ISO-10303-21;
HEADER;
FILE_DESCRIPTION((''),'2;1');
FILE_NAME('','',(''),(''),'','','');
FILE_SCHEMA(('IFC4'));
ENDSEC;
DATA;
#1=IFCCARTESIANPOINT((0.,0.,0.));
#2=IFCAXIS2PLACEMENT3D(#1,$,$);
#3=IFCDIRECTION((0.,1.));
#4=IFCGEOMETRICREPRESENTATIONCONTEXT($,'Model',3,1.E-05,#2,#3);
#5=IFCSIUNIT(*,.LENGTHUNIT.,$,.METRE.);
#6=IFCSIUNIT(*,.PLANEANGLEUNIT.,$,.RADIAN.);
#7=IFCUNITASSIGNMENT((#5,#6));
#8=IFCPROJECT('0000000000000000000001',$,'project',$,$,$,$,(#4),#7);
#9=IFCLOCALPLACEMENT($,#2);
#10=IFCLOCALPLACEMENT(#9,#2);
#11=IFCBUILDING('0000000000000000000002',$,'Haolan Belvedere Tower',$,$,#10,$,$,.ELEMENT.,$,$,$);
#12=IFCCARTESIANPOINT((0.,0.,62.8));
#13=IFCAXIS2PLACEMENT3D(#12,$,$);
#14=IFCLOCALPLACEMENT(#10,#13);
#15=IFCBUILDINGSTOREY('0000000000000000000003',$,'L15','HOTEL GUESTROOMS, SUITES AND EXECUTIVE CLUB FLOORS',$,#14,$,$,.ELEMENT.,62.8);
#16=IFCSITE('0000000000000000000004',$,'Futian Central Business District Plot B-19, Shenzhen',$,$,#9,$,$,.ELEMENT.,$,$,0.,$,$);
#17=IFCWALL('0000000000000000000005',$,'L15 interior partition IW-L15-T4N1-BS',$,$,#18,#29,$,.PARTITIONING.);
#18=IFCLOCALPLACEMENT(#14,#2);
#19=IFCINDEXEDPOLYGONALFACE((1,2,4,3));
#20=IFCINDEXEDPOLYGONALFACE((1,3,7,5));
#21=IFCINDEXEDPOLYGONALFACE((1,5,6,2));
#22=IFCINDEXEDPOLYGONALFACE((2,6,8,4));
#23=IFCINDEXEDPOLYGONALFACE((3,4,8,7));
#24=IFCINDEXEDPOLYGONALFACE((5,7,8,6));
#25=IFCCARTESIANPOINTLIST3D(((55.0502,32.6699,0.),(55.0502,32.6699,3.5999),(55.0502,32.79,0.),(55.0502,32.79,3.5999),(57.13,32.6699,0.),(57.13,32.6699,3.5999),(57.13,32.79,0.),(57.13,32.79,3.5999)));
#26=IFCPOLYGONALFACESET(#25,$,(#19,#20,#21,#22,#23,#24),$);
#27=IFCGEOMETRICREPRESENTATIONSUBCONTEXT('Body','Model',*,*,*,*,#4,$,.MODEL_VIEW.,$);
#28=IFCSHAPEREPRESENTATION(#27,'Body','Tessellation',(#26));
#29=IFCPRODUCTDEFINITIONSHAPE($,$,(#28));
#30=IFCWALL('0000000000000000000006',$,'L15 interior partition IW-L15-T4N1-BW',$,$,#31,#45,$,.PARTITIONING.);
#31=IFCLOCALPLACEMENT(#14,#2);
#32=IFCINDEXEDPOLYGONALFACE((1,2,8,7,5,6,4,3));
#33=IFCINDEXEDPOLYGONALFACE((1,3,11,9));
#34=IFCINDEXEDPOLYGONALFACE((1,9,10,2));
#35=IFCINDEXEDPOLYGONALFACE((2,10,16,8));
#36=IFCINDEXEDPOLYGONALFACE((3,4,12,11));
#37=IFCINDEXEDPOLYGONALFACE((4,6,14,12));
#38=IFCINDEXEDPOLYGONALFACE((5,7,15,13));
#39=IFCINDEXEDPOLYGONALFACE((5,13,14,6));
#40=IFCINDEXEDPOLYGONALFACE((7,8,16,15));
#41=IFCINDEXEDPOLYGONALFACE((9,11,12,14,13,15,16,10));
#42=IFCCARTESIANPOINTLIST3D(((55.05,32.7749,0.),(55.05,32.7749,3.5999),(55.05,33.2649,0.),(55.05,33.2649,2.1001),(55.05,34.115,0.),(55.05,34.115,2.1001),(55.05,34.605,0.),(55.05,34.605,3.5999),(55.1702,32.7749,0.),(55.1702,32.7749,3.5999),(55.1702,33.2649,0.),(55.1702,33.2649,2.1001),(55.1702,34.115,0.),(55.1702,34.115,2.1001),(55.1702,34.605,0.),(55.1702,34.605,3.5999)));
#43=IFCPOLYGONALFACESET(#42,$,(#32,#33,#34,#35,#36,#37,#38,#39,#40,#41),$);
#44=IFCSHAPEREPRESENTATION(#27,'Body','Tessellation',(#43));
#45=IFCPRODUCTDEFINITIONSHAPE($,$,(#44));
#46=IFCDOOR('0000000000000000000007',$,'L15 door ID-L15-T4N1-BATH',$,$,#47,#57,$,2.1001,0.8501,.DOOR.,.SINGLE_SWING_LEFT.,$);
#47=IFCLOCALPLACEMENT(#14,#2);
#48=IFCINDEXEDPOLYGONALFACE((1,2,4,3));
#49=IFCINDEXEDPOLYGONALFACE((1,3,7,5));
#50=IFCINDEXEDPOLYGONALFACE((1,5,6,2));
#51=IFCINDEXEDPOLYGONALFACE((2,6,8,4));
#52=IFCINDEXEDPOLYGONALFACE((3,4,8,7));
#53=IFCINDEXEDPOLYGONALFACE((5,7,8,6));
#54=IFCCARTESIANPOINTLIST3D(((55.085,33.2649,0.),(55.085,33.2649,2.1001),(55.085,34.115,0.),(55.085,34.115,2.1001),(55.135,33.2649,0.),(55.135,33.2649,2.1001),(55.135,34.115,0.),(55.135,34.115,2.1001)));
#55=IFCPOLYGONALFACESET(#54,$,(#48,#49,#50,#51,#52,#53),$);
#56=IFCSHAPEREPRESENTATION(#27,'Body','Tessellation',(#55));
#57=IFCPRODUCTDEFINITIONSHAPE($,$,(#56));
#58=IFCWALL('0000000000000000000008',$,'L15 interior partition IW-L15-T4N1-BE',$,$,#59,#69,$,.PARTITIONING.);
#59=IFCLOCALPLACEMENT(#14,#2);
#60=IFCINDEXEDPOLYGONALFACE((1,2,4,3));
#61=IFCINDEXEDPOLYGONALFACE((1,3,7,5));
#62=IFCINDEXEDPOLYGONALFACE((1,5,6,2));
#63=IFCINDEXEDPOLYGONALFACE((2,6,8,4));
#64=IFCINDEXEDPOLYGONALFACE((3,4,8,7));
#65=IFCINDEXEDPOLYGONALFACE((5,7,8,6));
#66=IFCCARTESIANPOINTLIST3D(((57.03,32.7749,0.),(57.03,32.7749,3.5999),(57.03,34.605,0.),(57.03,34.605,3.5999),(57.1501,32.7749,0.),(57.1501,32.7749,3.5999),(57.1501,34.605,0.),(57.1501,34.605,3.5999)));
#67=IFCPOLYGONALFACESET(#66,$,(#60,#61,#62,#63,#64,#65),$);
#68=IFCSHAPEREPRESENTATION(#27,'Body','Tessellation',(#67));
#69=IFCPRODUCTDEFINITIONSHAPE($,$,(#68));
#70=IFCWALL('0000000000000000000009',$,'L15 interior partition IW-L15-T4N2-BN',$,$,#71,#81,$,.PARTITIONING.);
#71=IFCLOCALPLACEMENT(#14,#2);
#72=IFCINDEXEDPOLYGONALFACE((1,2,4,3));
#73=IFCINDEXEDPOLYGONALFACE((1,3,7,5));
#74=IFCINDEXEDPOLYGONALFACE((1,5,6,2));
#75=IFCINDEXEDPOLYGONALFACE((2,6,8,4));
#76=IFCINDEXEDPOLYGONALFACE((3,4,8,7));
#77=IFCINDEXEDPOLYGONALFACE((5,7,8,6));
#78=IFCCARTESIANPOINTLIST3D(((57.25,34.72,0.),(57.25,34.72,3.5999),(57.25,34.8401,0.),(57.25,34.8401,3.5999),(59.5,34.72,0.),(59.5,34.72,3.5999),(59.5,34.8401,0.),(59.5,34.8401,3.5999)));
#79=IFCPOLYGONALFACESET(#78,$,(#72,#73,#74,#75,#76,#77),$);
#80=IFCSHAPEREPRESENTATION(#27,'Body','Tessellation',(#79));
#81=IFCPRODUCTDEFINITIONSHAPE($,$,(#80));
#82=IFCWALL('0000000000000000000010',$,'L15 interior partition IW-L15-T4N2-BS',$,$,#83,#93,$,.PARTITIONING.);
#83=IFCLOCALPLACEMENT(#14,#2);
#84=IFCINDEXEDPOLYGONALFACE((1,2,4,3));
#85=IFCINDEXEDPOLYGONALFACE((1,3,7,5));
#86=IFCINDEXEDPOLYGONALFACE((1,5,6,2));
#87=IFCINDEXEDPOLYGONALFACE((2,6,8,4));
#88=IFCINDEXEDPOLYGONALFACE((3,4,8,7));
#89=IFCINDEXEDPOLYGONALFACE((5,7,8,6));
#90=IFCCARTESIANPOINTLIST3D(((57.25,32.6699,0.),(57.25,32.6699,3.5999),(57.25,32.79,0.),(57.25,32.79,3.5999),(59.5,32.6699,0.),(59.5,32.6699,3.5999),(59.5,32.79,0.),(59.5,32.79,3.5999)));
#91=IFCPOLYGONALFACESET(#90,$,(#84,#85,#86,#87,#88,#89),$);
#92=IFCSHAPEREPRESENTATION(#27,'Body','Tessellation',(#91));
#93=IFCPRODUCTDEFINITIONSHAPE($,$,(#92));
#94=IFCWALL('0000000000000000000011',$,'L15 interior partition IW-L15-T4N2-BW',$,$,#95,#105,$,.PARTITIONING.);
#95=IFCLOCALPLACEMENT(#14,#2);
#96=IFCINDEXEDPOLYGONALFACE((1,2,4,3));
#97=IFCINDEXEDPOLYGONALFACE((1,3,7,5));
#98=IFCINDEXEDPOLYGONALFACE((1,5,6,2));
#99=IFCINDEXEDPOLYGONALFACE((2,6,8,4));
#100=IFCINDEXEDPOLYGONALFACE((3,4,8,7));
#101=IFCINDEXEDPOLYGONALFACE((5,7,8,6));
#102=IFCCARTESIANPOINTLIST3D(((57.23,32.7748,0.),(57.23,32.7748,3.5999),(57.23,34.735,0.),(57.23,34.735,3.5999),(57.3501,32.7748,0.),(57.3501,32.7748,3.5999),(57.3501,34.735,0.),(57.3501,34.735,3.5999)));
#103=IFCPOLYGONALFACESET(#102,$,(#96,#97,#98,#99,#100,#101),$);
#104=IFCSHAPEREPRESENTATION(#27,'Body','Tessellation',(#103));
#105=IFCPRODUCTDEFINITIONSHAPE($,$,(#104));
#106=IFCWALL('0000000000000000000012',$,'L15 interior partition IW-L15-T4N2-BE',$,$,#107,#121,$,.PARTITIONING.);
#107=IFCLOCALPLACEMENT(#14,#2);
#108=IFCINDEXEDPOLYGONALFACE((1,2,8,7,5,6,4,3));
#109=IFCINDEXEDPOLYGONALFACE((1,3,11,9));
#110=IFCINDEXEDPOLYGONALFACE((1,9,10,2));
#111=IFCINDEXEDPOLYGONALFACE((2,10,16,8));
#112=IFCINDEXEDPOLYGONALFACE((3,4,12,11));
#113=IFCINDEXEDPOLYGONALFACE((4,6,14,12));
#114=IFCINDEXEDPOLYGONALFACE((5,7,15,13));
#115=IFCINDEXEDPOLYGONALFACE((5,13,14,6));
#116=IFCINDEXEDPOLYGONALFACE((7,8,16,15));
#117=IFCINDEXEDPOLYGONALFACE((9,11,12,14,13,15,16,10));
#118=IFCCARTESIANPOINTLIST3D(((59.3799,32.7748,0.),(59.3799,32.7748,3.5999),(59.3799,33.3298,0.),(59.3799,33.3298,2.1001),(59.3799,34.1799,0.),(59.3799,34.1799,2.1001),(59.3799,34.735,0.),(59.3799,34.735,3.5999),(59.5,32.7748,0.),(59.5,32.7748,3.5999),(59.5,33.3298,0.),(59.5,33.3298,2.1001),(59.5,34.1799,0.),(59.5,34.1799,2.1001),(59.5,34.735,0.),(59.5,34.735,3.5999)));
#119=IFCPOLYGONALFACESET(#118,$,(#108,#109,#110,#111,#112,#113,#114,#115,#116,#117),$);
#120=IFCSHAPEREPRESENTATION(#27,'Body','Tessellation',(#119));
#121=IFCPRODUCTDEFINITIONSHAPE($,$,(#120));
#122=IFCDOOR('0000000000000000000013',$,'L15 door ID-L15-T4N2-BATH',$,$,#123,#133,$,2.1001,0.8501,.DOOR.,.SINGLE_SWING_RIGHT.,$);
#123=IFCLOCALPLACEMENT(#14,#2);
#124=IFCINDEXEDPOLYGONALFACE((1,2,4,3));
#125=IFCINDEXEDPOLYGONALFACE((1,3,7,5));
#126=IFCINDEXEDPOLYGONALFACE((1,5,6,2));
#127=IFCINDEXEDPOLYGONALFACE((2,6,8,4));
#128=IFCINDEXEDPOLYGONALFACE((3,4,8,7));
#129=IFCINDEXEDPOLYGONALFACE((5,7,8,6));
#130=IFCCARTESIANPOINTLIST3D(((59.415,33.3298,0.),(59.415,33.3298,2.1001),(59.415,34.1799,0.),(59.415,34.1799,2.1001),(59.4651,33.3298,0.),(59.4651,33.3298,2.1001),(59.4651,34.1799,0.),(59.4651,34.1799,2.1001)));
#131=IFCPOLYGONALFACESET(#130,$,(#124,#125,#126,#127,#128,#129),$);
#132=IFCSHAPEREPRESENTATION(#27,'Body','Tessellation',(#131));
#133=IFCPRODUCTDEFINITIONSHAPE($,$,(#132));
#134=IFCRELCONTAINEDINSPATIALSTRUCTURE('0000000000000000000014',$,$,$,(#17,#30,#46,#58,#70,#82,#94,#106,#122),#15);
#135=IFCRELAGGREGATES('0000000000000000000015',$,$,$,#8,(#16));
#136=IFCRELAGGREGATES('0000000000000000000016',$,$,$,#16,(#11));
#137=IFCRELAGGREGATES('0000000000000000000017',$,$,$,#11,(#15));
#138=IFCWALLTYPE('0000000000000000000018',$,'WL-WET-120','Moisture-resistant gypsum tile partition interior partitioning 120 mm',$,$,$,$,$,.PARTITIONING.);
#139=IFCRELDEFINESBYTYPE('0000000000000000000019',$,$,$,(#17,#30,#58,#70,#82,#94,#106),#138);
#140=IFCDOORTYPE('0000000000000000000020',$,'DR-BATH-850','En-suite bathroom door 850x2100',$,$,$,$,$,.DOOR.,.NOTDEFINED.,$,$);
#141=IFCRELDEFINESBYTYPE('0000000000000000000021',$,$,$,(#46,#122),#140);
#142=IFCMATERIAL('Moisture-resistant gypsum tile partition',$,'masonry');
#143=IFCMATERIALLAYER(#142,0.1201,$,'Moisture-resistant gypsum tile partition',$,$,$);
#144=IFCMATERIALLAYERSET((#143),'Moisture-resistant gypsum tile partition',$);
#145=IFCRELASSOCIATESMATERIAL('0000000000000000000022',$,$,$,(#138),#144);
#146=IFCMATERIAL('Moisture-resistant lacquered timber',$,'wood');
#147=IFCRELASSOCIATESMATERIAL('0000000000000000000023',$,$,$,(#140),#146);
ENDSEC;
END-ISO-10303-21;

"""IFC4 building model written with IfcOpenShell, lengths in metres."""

from ifc_helpers import new_model, si_unit, direction, frame, frame_2d, origin, place, context, subcontext, project, spatial, rectangle, extrude, material, layer, layer_set, type_object, element, fill, save


model = new_model("IFC4")

# Units and contexts
model_context = context("Model", 3, precision=1e-05, world=origin(), true_north=direction((0.0, 1.0)))
body_context = subcontext(model_context, "Body", "Model", "MODEL_VIEW")
ifc_project = project(units=[si_unit("LENGTHUNIT", "METRE"), si_unit("PLANEANGLEUNIT", "RADIAN")], contexts=[model_context])

# Site, building, storey
site_placement = place(None, origin())
site = spatial("IfcSite", under=ifc_project, at=site_placement, Name="Futian Central Business District Plot B-19, Shenzhen", CompositionType="ELEMENT", RefElevation=0.0)
building_placement = place(site_placement, origin())
building = spatial("IfcBuilding", under=site, at=building_placement, Name="Haolan Belvedere Tower", CompositionType="ELEMENT")
storey_placement = place(building_placement, frame((0.0, 0.0, 62.8)))
storey = spatial("IfcBuildingStorey", under=building, at=storey_placement, Name="L15", Description="HOTEL GUESTROOMS, SUITES AND EXECUTIVE CLUB FLOORS", CompositionType="ELEMENT", Elevation=62.8)

# Wall
ifc_material_1 = material(Name="Moisture-resistant gypsum tile partition", Category="masonry")
ifc_layer_1 = layer(ifc_material_1, 0.1201, Name="Moisture-resistant gypsum tile partition")
ifc_layer_set_1 = layer_set([ifc_layer_1], Name="Moisture-resistant gypsum tile partition")
wall_type_1 = type_object("IfcWallType", Name="WL-WET-120", Description="Moisture-resistant gypsum tile partition interior partitioning 120 mm", PredefinedType="PARTITIONING", material=ifc_layer_set_1)
for number, where, z_axis, x_axis, name in (
    (1, (55.05, 32.73, 0.0), (0.0, 0.0, 1.0), (1.0, 0.0, 0.0), "L15 interior partition IW-L15-T4N1-BS"),
):
    element("IfcWall", number, at=place(storey_placement, frame(where, z_axis=z_axis, x_axis=x_axis)), inside=storey, type_object=wall_type_1, Name=name, PredefinedType="PARTITIONING", context=body_context, shape_type="SweptSolid", body=[
        extrude(rectangle(XDim=2.0798, YDim=0.1201, at=frame_2d((1.04, 0.0))), origin(), (0.0, 0.0, 1.0), 3.5999),
    ])

# Wall, opening, door
wall_1_placement = place(storey_placement, frame((55.1101, 32.7749, 0.0), z_axis=(0.0, 0.0, 1.0), x_axis=(0.0, 1.0, 0.0)))
wall_1 = element("IfcWall", 2, at=wall_1_placement, inside=storey, type_object=wall_type_1, Name="L15 interior partition IW-L15-T4N1-BW", PredefinedType="PARTITIONING", context=body_context, shape_type="SweptSolid", body=[
    extrude(rectangle(XDim=1.8301, YDim=0.1201, at=frame_2d((0.915, 0.0))), origin(), (0.0, 0.0, 1.0), 3.5999),
])
opening_1_placement = place(wall_1_placement, frame((1.3401, 0.0, 0.0), z_axis=(0.0, 0.0, 1.0), x_axis=(-1.0, 0.0, 0.0)))
opening_1 = element("IfcOpeningElement", 3, at=opening_1_placement, cuts=wall_1, PredefinedType="OPENING", context=body_context, shape_type="SweptSolid", body=[
    extrude(rectangle(XDim=0.8501, YDim=2.1001, at=frame_2d((0.425, 1.05))), frame((0.0, 0.0701, 0.0), z_axis=(0.0, -1.0, 0.0), x_axis=(1.0, 0.0, 0.0)), (0.0, 0.0, 1.0), 0.1401),
])
ifc_material_2 = material(Name="Moisture-resistant lacquered timber", Category="wood")
door_type_1 = type_object("IfcDoorType", Name="DR-BATH-850", Description="En-suite bathroom door 850x2100", OperationType="NOTDEFINED", PredefinedType="DOOR", material=ifc_material_2)
door_1_placement = place(opening_1_placement, origin())
door_1 = element("IfcDoor", 4, at=door_1_placement, inside=storey, type_object=door_type_1, Name="L15 door ID-L15-T4N1-BATH", OperationType="SINGLE_SWING_LEFT", OverallHeight=2.1001, OverallWidth=0.8501, PredefinedType="DOOR", context=body_context, shape_type="SweptSolid", body=[
    extrude(rectangle(XDim=0.8501, YDim=2.1001, at=frame_2d((0.425, 1.05))), frame((0.0, 0.0249, 0.0), z_axis=(0.0, -1.0, 0.0), x_axis=(1.0, 0.0, 0.0)), (0.0, 0.0, 1.0), 0.05),
])
fill(opening_1, door_1)

# Walls
wall_2_placement = place(storey_placement, frame((57.0901, 32.7749, 0.0), z_axis=(0.0, 0.0, 1.0), x_axis=(0.0, 1.0, 0.0)))
element("IfcWall", 5, at=wall_2_placement, inside=storey, type_object=wall_type_1, Name="L15 interior partition IW-L15-T4N1-BE", PredefinedType="PARTITIONING", context=body_context, shape_type="SweptSolid", body=[
    extrude(rectangle(XDim=1.8301, YDim=0.1201, at=frame_2d((0.915, 0.0))), origin(), (0.0, 0.0, 1.0), 3.5999),
])
for number, where, z_axis, x_axis, name in (
    (6, (57.25, 34.78, 0.0), (0.0, 0.0, 1.0), (1.0, 0.0, 0.0), "L15 interior partition IW-L15-T4N2-BN"),
    (7, (57.25, 32.73, 0.0), (0.0, 0.0, 1.0), (1.0, 0.0, 0.0), "L15 interior partition IW-L15-T4N2-BS"),
):
    element("IfcWall", number, at=place(storey_placement, frame(where, z_axis=z_axis, x_axis=x_axis)), inside=storey, type_object=wall_type_1, Name=name, PredefinedType="PARTITIONING", context=body_context, shape_type="SweptSolid", body=[
        extrude(rectangle(XDim=2.25, YDim=0.1201, at=frame_2d((1.125, 0.0))), origin(), (0.0, 0.0, 1.0), 3.5999),
    ])
wall_3_placement = place(storey_placement, frame((57.29, 32.7749, 0.0), z_axis=(0.0, 0.0, 1.0), x_axis=(0.0, 1.0, 0.0)))
element("IfcWall", 8, at=wall_3_placement, inside=storey, type_object=wall_type_1, Name="L15 interior partition IW-L15-T4N2-BW", PredefinedType="PARTITIONING", context=body_context, shape_type="SweptSolid", body=[
    extrude(rectangle(XDim=1.9602, YDim=0.1201, at=frame_2d((0.98, 0.0))), origin(), (0.0, 0.0, 1.0), 3.5999),
])

# Wall, opening, door
wall_4_placement = place(storey_placement, frame((59.4399, 32.7749, 0.0), z_axis=(0.0, 0.0, 1.0), x_axis=(0.0, 1.0, 0.0)))
wall_4 = element("IfcWall", 9, at=wall_4_placement, inside=storey, type_object=wall_type_1, Name="L15 interior partition IW-L15-T4N2-BE", PredefinedType="PARTITIONING", context=body_context, shape_type="SweptSolid", body=[
    extrude(rectangle(XDim=1.9602, YDim=0.1201, at=frame_2d((0.98, 0.0))), origin(), (0.0, 0.0, 1.0), 3.5999),
])
opening_2_placement = place(wall_4_placement, frame((0.5549, 0.0, 0.0)))
opening_2 = element("IfcOpeningElement", 10, at=opening_2_placement, cuts=wall_4, PredefinedType="OPENING", context=body_context, shape_type="SweptSolid", body=[
    extrude(rectangle(XDim=0.8501, YDim=2.1001, at=frame_2d((0.425, 1.05))), frame((0.0, 0.0701, 0.0), z_axis=(0.0, -1.0, 0.0), x_axis=(1.0, 0.0, 0.0)), (0.0, 0.0, 1.0), 0.1401),
])
door_2_placement = place(opening_2_placement, origin())
door_2 = element("IfcDoor", 11, at=door_2_placement, inside=storey, type_object=door_type_1, Name="L15 door ID-L15-T4N2-BATH", OperationType="SINGLE_SWING_RIGHT", OverallHeight=2.1001, OverallWidth=0.8501, PredefinedType="DOOR", context=body_context, shape_type="SweptSolid", body=[
    extrude(rectangle(XDim=0.8501, YDim=2.1001, at=frame_2d((0.425, 1.05))), frame((0.0, 0.0249, 0.0), z_axis=(0.0, -1.0, 0.0), x_axis=(1.0, 0.0, 0.0)), (0.0, 0.0, 1.0), 0.05),
])
fill(opening_2, door_2)

save(model, "model.ifc")
